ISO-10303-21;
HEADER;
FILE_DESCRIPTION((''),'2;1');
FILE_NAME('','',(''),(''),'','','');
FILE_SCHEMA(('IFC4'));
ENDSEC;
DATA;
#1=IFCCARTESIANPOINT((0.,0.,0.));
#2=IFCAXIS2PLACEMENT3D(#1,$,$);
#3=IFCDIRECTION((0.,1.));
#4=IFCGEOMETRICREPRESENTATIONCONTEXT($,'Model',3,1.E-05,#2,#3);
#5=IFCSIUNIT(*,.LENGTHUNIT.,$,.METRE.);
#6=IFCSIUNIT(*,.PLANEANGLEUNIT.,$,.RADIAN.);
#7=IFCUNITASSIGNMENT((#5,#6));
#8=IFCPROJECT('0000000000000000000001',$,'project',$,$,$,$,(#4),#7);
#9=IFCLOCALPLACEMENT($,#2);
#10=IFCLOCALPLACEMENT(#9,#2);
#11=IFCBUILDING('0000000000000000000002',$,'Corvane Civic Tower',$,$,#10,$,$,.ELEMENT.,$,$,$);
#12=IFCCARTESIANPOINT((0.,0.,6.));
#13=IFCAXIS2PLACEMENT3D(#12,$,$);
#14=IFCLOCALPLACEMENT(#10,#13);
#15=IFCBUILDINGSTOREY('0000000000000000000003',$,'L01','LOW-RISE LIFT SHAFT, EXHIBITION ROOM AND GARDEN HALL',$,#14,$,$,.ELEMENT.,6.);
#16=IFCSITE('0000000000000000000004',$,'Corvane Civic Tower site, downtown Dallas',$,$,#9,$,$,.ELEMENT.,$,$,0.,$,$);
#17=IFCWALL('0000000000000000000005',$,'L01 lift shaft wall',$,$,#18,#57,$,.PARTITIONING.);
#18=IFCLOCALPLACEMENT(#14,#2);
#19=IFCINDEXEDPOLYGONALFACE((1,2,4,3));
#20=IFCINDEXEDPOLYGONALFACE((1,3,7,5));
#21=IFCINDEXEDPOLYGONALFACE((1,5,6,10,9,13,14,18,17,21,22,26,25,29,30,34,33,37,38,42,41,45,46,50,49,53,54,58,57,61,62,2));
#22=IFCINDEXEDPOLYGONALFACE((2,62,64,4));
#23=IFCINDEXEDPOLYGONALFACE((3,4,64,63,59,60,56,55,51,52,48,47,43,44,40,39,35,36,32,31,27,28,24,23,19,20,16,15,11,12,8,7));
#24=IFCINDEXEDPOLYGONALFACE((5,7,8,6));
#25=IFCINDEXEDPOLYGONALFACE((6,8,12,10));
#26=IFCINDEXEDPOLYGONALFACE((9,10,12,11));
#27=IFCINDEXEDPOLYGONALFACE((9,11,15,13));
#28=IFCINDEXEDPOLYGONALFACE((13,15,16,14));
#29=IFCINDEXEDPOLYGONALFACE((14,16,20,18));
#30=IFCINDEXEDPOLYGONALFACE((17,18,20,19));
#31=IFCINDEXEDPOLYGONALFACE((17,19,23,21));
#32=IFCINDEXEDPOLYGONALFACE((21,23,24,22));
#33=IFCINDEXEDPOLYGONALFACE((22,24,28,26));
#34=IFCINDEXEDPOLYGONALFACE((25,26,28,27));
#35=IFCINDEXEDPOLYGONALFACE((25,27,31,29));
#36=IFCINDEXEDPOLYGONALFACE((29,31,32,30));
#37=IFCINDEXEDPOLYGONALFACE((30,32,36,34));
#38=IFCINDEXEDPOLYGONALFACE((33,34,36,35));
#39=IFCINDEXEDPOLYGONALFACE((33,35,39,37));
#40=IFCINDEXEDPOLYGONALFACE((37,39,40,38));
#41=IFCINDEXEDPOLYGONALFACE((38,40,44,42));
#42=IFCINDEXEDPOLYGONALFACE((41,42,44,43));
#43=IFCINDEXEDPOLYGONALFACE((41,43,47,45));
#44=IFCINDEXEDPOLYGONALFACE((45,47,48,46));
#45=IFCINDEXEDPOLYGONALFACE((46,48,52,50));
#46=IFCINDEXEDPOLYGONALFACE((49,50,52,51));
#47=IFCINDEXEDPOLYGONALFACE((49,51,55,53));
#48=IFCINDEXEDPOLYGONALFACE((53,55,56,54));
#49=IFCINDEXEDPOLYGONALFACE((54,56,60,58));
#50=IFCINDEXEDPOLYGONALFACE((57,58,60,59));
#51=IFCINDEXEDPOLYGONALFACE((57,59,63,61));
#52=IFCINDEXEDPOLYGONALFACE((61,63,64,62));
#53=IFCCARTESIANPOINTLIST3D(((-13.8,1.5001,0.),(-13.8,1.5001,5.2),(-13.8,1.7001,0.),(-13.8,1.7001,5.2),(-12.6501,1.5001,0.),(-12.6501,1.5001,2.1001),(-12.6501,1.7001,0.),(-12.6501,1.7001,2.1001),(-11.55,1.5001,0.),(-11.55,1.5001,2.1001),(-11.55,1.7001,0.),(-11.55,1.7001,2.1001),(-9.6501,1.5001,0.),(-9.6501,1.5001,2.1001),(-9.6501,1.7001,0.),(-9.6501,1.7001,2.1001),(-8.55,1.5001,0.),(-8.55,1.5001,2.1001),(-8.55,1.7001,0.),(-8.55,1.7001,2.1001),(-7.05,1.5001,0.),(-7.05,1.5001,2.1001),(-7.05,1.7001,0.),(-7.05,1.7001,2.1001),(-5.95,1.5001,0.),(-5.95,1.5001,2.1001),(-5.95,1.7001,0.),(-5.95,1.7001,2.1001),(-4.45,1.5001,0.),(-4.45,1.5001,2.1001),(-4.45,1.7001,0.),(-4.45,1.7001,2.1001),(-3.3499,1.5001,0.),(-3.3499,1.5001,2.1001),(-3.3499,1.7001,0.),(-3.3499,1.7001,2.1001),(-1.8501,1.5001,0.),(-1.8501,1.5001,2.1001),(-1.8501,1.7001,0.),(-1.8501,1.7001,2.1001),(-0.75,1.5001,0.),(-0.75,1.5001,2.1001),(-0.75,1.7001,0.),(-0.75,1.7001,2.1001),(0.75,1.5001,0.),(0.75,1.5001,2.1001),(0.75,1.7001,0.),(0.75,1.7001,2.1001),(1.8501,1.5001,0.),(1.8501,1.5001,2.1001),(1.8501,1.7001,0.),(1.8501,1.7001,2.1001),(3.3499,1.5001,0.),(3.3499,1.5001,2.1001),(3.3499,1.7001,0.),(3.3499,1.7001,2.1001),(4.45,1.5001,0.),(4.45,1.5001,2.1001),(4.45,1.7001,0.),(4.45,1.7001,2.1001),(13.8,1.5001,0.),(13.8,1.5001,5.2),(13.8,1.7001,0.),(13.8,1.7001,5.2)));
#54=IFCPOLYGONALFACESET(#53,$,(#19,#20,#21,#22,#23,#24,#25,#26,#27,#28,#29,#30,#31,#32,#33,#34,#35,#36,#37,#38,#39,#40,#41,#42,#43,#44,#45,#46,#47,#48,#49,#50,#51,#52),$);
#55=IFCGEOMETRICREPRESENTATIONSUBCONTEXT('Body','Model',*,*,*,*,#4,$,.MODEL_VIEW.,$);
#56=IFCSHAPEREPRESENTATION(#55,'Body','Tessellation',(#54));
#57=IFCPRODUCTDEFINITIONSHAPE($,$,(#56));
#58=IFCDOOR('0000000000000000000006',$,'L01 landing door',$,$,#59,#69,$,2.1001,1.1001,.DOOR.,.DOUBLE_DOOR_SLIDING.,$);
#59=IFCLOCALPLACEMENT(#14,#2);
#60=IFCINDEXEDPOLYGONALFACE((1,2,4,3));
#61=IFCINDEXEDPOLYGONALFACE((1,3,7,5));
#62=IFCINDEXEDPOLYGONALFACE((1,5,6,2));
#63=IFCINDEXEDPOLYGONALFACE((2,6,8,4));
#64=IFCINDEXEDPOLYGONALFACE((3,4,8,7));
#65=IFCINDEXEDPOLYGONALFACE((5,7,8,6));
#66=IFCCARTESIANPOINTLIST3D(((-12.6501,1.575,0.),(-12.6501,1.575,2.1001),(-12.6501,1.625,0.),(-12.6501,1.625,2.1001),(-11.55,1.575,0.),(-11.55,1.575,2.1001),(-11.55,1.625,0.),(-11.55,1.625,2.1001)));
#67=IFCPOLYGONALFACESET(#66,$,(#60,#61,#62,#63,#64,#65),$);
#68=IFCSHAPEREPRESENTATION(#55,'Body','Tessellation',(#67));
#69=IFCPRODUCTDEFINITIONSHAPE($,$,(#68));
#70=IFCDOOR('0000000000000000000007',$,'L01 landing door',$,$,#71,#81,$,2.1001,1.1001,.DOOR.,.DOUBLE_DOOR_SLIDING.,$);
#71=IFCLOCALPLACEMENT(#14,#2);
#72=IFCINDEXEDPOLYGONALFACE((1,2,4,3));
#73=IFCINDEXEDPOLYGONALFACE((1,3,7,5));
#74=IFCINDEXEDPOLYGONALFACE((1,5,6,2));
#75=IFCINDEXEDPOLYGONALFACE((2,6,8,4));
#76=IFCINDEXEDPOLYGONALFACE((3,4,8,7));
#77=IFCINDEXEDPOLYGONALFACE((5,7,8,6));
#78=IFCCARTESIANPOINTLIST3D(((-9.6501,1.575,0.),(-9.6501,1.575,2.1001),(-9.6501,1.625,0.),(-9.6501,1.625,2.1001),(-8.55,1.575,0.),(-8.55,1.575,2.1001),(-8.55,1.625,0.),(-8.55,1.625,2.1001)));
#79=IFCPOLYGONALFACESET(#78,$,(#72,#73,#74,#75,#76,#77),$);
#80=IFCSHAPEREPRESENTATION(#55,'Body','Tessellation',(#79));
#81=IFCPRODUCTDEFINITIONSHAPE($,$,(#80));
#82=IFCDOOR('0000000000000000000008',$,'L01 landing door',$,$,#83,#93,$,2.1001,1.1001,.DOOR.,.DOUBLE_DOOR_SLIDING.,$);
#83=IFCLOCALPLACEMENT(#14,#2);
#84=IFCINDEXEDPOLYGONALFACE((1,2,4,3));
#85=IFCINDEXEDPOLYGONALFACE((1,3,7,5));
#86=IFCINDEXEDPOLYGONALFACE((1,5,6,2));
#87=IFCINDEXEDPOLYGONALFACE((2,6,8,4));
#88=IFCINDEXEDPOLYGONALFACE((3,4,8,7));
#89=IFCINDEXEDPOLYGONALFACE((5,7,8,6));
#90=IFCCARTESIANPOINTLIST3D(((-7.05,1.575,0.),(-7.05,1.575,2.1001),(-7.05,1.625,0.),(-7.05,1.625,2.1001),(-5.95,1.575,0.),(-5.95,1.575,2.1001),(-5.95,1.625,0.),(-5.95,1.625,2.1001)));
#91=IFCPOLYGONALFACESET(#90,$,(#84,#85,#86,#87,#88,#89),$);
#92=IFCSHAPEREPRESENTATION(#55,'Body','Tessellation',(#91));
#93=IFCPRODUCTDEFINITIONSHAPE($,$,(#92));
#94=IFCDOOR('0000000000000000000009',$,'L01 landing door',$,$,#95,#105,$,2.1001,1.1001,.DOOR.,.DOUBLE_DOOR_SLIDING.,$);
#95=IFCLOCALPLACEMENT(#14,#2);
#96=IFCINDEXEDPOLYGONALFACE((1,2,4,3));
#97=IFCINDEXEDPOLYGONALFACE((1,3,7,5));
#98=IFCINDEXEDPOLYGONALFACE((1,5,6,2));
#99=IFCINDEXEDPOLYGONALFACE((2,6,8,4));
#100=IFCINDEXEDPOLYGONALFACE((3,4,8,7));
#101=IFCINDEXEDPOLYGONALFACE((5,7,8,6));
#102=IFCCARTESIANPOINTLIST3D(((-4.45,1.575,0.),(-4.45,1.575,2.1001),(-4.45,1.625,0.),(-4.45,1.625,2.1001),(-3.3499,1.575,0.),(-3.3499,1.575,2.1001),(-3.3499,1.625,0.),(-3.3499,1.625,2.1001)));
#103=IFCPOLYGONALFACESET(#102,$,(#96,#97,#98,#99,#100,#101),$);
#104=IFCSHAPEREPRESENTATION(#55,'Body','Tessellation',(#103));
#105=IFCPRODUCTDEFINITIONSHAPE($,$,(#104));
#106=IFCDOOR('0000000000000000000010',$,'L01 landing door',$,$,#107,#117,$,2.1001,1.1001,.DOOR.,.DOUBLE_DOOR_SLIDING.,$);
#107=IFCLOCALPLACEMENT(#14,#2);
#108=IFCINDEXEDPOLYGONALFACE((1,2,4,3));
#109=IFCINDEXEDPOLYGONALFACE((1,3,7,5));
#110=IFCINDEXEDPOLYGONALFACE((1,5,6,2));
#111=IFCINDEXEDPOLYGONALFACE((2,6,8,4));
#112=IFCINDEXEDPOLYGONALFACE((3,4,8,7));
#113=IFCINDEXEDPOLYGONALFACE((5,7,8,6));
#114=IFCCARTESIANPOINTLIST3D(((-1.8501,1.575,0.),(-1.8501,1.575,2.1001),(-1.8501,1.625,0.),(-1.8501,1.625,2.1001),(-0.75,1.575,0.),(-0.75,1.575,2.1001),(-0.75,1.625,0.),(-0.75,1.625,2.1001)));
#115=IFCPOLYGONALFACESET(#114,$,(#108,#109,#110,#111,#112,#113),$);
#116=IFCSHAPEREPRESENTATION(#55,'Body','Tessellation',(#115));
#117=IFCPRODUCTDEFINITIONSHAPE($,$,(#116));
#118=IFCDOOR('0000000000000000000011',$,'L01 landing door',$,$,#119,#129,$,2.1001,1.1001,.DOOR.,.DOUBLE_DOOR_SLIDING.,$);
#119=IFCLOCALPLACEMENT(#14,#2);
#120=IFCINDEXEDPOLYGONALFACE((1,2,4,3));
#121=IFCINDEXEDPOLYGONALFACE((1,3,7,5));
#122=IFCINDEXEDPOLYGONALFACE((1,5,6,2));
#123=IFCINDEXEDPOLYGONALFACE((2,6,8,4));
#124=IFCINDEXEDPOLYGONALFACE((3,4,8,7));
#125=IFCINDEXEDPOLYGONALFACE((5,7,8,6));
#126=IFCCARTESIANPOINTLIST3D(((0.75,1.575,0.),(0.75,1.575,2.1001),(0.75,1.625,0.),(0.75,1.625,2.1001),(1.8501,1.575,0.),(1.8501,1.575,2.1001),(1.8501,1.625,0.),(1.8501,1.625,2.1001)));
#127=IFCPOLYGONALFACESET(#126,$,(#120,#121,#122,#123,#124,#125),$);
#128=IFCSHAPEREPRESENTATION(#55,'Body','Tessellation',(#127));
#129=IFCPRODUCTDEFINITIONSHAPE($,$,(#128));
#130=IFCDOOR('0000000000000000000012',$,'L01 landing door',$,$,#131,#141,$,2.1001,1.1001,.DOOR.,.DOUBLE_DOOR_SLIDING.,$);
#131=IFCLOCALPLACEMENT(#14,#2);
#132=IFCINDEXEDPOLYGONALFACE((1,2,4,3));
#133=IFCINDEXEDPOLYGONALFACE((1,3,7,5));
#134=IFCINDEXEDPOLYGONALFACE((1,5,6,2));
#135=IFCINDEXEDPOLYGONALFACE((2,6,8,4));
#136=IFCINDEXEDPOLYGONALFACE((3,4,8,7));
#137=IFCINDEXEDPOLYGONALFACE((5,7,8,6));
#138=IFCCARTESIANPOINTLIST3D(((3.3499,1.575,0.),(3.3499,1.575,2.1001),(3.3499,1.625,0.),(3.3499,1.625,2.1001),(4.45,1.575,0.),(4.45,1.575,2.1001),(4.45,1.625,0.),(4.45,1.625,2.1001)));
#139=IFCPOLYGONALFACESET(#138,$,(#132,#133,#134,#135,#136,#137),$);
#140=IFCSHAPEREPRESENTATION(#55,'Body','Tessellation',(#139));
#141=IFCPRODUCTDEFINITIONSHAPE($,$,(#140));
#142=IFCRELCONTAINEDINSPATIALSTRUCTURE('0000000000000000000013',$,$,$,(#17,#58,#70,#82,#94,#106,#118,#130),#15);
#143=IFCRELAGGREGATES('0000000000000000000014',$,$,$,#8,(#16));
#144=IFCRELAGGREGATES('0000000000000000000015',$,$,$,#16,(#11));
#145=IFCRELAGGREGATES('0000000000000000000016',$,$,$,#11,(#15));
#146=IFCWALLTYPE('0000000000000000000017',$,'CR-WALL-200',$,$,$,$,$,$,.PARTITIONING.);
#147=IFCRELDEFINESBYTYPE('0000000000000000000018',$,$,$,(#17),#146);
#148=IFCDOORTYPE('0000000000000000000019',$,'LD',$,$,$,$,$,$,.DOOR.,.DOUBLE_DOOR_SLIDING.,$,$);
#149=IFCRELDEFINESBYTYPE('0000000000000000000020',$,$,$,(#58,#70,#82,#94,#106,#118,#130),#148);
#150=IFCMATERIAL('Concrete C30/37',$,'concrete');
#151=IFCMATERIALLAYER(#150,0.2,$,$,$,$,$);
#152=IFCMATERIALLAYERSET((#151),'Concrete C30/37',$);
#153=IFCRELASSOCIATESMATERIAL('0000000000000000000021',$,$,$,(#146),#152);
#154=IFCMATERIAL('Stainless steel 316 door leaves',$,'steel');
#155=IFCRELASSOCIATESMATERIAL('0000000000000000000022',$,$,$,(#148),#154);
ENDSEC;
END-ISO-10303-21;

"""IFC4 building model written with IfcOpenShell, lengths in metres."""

from ifc_helpers import new_model, si_unit, direction, frame, frame_2d, origin, place, context, subcontext, project, spatial, rectangle, extrude, material, layer, layer_set, type_object, element, fill, save


model = new_model("IFC4")

# Units and contexts
model_context = context("Model", 3, precision=1e-05, world=origin(), true_north=direction((0.0, 1.0)))
body_context = subcontext(model_context, "Body", "Model", "MODEL_VIEW")
ifc_project = project(units=[si_unit("LENGTHUNIT", "METRE"), si_unit("PLANEANGLEUNIT", "RADIAN")], contexts=[model_context])

# Site, building, storey
site_placement = place(None, origin())
site = spatial("IfcSite", under=ifc_project, at=site_placement, Name="Corvane Civic Tower site, downtown Dallas", CompositionType="ELEMENT", RefElevation=0.0)
building_placement = place(site_placement, origin())
building = spatial("IfcBuilding", under=site, at=building_placement, Name="Corvane Civic Tower", CompositionType="ELEMENT")
storey_placement = place(building_placement, frame((0.0, 0.0, 6.0)))
storey = spatial("IfcBuildingStorey", under=building, at=storey_placement, Name="L01", Description="LOW-RISE LIFT SHAFT, EXHIBITION ROOM AND GARDEN HALL", CompositionType="ELEMENT", Elevation=6.0)

# Wall, openings, doors
ifc_material_1 = material(Name="Concrete C30/37", Category="concrete")
ifc_layer_1 = layer(ifc_material_1, 0.2)
ifc_layer_set_1 = layer_set([ifc_layer_1], Name="Concrete C30/37")
wall_type_1 = type_object("IfcWallType", Name="CR-WALL-200", PredefinedType="PARTITIONING", material=ifc_layer_set_1)
wall_1_placement = place(storey_placement, frame((-13.8, 1.6001, 0.0), z_axis=(0.0, 0.0, 1.0), x_axis=(1.0, 0.0, 0.0)))
wall_1 = element("IfcWall", 1, at=wall_1_placement, inside=storey, type_object=wall_type_1, Name="L01 lift shaft wall", PredefinedType="PARTITIONING", context=body_context, shape_type="SweptSolid", body=[
    extrude(rectangle(XDim=27.6001, YDim=0.2, at=frame_2d((13.8, 0.0))), origin(), (0.0, 0.0, 1.0), 5.2),
])
opening_1_placement = place(wall_1_placement, frame((1.1499, 0.0, 0.0)))
opening_1 = element("IfcOpeningElement", 2, at=opening_1_placement, cuts=wall_1, PredefinedType="OPENING", context=body_context, shape_type="SweptSolid", body=[
    extrude(rectangle(XDim=1.1001, YDim=2.1001, at=frame_2d((0.55, 1.05))), frame((0.0, 0.1099, 0.0), z_axis=(0.0, -1.0, 0.0), x_axis=(1.0, 0.0, 0.0)), (0.0, 0.0, 1.0), 0.22),
])
opening_2_placement = place(wall_1_placement, frame((4.1499, 0.0, 0.0)))
opening_2 = element("IfcOpeningElement", 3, at=opening_2_placement, cuts=wall_1, PredefinedType="OPENING", context=body_context, shape_type="SweptSolid", body=[
    extrude(rectangle(XDim=1.1001, YDim=2.1001, at=frame_2d((0.55, 1.05))), frame((0.0, 0.1099, 0.0), z_axis=(0.0, -1.0, 0.0), x_axis=(1.0, 0.0, 0.0)), (0.0, 0.0, 1.0), 0.22),
])
opening_3_placement = place(wall_1_placement, frame((6.75, 0.0, 0.0)))
opening_3 = element("IfcOpeningElement", 4, at=opening_3_placement, cuts=wall_1, PredefinedType="OPENING", context=body_context, shape_type="SweptSolid", body=[
    extrude(rectangle(XDim=1.1001, YDim=2.1001, at=frame_2d((0.55, 1.05))), frame((0.0, 0.1099, 0.0), z_axis=(0.0, -1.0, 0.0), x_axis=(1.0, 0.0, 0.0)), (0.0, 0.0, 1.0), 0.22),
])
opening_4_placement = place(wall_1_placement, frame((9.3501, 0.0, 0.0)))
opening_4 = element("IfcOpeningElement", 5, at=opening_4_placement, cuts=wall_1, PredefinedType="OPENING", context=body_context, shape_type="SweptSolid", body=[
    extrude(rectangle(XDim=1.1001, YDim=2.1001, at=frame_2d((0.55, 1.05))), frame((0.0, 0.1099, 0.0), z_axis=(0.0, -1.0, 0.0), x_axis=(1.0, 0.0, 0.0)), (0.0, 0.0, 1.0), 0.22),
])
opening_5_placement = place(wall_1_placement, frame((11.95, 0.0, 0.0)))
opening_5 = element("IfcOpeningElement", 6, at=opening_5_placement, cuts=wall_1, PredefinedType="OPENING", context=body_context, shape_type="SweptSolid", body=[
    extrude(rectangle(XDim=1.1001, YDim=2.1001, at=frame_2d((0.55, 1.05))), frame((0.0, 0.1099, 0.0), z_axis=(0.0, -1.0, 0.0), x_axis=(1.0, 0.0, 0.0)), (0.0, 0.0, 1.0), 0.22),
])
opening_6_placement = place(wall_1_placement, frame((14.55, 0.0, 0.0)))
opening_6 = element("IfcOpeningElement", 7, at=opening_6_placement, cuts=wall_1, PredefinedType="OPENING", context=body_context, shape_type="SweptSolid", body=[
    extrude(rectangle(XDim=1.1001, YDim=2.1001, at=frame_2d((0.55, 1.05))), frame((0.0, 0.1099, 0.0), z_axis=(0.0, -1.0, 0.0), x_axis=(1.0, 0.0, 0.0)), (0.0, 0.0, 1.0), 0.22),
])
opening_7_placement = place(wall_1_placement, frame((17.1499, 0.0, 0.0)))
opening_7 = element("IfcOpeningElement", 8, at=opening_7_placement, cuts=wall_1, PredefinedType="OPENING", context=body_context, shape_type="SweptSolid", body=[
    extrude(rectangle(XDim=1.1001, YDim=2.1001, at=frame_2d((0.55, 1.05))), frame((0.0, 0.1099, 0.0), z_axis=(0.0, -1.0, 0.0), x_axis=(1.0, 0.0, 0.0)), (0.0, 0.0, 1.0), 0.22),
])
ifc_material_2 = material(Name="Stainless steel 316 door leaves", Category="steel")
door_type_1 = type_object("IfcDoorType", Name="LD", OperationType="DOUBLE_DOOR_SLIDING", PredefinedType="DOOR", material=ifc_material_2)
door_1_placement = place(opening_1_placement, origin())
door_1 = element("IfcDoor", 9, at=door_1_placement, inside=storey, type_object=door_type_1, Name="L01 landing door", OperationType="DOUBLE_DOOR_SLIDING", OverallHeight=2.1001, OverallWidth=1.1001, PredefinedType="DOOR", context=body_context, shape_type="SweptSolid", body=[
    extrude(rectangle(XDim=1.1001, YDim=2.1001, at=frame_2d((0.55, 1.05))), frame((0.0, 0.0249, 0.0), z_axis=(0.0, -1.0, 0.0), x_axis=(1.0, 0.0, 0.0)), (0.0, 0.0, 1.0), 0.05),
])
fill(opening_1, door_1)
door_2_placement = place(opening_2_placement, origin())
door_2 = element("IfcDoor", 10, at=door_2_placement, inside=storey, type_object=door_type_1, Name="L01 landing door", OperationType="DOUBLE_DOOR_SLIDING", OverallHeight=2.1001, OverallWidth=1.1001, PredefinedType="DOOR", context=body_context, shape_type="SweptSolid", body=[
    extrude(rectangle(XDim=1.1001, YDim=2.1001, at=frame_2d((0.55, 1.05))), frame((0.0, 0.0249, 0.0), z_axis=(0.0, -1.0, 0.0), x_axis=(1.0, 0.0, 0.0)), (0.0, 0.0, 1.0), 0.05),
])
fill(opening_2, door_2)
door_3_placement = place(opening_3_placement, origin())
door_3 = element("IfcDoor", 11, at=door_3_placement, inside=storey, type_object=door_type_1, Name="L01 landing door", OperationType="DOUBLE_DOOR_SLIDING", OverallHeight=2.1001, OverallWidth=1.1001, PredefinedType="DOOR", context=body_context, shape_type="SweptSolid", body=[
    extrude(rectangle(XDim=1.1001, YDim=2.1001, at=frame_2d((0.55, 1.05))), frame((0.0, 0.0249, 0.0), z_axis=(0.0, -1.0, 0.0), x_axis=(1.0, 0.0, 0.0)), (0.0, 0.0, 1.0), 0.05),
])
fill(opening_3, door_3)
door_4_placement = place(opening_4_placement, origin())
door_4 = element("IfcDoor", 12, at=door_4_placement, inside=storey, type_object=door_type_1, Name="L01 landing door", OperationType="DOUBLE_DOOR_SLIDING", OverallHeight=2.1001, OverallWidth=1.1001, PredefinedType="DOOR", context=body_context, shape_type="SweptSolid", body=[
    extrude(rectangle(XDim=1.1001, YDim=2.1001, at=frame_2d((0.55, 1.05))), frame((0.0, 0.0249, 0.0), z_axis=(0.0, -1.0, 0.0), x_axis=(1.0, 0.0, 0.0)), (0.0, 0.0, 1.0), 0.05),
])
fill(opening_4, door_4)
door_5_placement = place(opening_5_placement, origin())
door_5 = element("IfcDoor", 13, at=door_5_placement, inside=storey, type_object=door_type_1, Name="L01 landing door", OperationType="DOUBLE_DOOR_SLIDING", OverallHeight=2.1001, OverallWidth=1.1001, PredefinedType="DOOR", context=body_context, shape_type="SweptSolid", body=[
    extrude(rectangle(XDim=1.1001, YDim=2.1001, at=frame_2d((0.55, 1.05))), frame((0.0, 0.0249, 0.0), z_axis=(0.0, -1.0, 0.0), x_axis=(1.0, 0.0, 0.0)), (0.0, 0.0, 1.0), 0.05),
])
fill(opening_5, door_5)
door_6_placement = place(opening_6_placement, origin())
door_6 = element("IfcDoor", 14, at=door_6_placement, inside=storey, type_object=door_type_1, Name="L01 landing door", OperationType="DOUBLE_DOOR_SLIDING", OverallHeight=2.1001, OverallWidth=1.1001, PredefinedType="DOOR", context=body_context, shape_type="SweptSolid", body=[
    extrude(rectangle(XDim=1.1001, YDim=2.1001, at=frame_2d((0.55, 1.05))), frame((0.0, 0.0249, 0.0), z_axis=(0.0, -1.0, 0.0), x_axis=(1.0, 0.0, 0.0)), (0.0, 0.0, 1.0), 0.05),
])
fill(opening_6, door_6)
door_7_placement = place(opening_7_placement, origin())
door_7 = element("IfcDoor", 15, at=door_7_placement, inside=storey, type_object=door_type_1, Name="L01 landing door", OperationType="DOUBLE_DOOR_SLIDING", OverallHeight=2.1001, OverallWidth=1.1001, PredefinedType="DOOR", context=body_context, shape_type="SweptSolid", body=[
    extrude(rectangle(XDim=1.1001, YDim=2.1001, at=frame_2d((0.55, 1.05))), frame((0.0, 0.0249, 0.0), z_axis=(0.0, -1.0, 0.0), x_axis=(1.0, 0.0, 0.0)), (0.0, 0.0, 1.0), 0.05),
])
fill(opening_7, door_7)

save(model, "model.ifc")
